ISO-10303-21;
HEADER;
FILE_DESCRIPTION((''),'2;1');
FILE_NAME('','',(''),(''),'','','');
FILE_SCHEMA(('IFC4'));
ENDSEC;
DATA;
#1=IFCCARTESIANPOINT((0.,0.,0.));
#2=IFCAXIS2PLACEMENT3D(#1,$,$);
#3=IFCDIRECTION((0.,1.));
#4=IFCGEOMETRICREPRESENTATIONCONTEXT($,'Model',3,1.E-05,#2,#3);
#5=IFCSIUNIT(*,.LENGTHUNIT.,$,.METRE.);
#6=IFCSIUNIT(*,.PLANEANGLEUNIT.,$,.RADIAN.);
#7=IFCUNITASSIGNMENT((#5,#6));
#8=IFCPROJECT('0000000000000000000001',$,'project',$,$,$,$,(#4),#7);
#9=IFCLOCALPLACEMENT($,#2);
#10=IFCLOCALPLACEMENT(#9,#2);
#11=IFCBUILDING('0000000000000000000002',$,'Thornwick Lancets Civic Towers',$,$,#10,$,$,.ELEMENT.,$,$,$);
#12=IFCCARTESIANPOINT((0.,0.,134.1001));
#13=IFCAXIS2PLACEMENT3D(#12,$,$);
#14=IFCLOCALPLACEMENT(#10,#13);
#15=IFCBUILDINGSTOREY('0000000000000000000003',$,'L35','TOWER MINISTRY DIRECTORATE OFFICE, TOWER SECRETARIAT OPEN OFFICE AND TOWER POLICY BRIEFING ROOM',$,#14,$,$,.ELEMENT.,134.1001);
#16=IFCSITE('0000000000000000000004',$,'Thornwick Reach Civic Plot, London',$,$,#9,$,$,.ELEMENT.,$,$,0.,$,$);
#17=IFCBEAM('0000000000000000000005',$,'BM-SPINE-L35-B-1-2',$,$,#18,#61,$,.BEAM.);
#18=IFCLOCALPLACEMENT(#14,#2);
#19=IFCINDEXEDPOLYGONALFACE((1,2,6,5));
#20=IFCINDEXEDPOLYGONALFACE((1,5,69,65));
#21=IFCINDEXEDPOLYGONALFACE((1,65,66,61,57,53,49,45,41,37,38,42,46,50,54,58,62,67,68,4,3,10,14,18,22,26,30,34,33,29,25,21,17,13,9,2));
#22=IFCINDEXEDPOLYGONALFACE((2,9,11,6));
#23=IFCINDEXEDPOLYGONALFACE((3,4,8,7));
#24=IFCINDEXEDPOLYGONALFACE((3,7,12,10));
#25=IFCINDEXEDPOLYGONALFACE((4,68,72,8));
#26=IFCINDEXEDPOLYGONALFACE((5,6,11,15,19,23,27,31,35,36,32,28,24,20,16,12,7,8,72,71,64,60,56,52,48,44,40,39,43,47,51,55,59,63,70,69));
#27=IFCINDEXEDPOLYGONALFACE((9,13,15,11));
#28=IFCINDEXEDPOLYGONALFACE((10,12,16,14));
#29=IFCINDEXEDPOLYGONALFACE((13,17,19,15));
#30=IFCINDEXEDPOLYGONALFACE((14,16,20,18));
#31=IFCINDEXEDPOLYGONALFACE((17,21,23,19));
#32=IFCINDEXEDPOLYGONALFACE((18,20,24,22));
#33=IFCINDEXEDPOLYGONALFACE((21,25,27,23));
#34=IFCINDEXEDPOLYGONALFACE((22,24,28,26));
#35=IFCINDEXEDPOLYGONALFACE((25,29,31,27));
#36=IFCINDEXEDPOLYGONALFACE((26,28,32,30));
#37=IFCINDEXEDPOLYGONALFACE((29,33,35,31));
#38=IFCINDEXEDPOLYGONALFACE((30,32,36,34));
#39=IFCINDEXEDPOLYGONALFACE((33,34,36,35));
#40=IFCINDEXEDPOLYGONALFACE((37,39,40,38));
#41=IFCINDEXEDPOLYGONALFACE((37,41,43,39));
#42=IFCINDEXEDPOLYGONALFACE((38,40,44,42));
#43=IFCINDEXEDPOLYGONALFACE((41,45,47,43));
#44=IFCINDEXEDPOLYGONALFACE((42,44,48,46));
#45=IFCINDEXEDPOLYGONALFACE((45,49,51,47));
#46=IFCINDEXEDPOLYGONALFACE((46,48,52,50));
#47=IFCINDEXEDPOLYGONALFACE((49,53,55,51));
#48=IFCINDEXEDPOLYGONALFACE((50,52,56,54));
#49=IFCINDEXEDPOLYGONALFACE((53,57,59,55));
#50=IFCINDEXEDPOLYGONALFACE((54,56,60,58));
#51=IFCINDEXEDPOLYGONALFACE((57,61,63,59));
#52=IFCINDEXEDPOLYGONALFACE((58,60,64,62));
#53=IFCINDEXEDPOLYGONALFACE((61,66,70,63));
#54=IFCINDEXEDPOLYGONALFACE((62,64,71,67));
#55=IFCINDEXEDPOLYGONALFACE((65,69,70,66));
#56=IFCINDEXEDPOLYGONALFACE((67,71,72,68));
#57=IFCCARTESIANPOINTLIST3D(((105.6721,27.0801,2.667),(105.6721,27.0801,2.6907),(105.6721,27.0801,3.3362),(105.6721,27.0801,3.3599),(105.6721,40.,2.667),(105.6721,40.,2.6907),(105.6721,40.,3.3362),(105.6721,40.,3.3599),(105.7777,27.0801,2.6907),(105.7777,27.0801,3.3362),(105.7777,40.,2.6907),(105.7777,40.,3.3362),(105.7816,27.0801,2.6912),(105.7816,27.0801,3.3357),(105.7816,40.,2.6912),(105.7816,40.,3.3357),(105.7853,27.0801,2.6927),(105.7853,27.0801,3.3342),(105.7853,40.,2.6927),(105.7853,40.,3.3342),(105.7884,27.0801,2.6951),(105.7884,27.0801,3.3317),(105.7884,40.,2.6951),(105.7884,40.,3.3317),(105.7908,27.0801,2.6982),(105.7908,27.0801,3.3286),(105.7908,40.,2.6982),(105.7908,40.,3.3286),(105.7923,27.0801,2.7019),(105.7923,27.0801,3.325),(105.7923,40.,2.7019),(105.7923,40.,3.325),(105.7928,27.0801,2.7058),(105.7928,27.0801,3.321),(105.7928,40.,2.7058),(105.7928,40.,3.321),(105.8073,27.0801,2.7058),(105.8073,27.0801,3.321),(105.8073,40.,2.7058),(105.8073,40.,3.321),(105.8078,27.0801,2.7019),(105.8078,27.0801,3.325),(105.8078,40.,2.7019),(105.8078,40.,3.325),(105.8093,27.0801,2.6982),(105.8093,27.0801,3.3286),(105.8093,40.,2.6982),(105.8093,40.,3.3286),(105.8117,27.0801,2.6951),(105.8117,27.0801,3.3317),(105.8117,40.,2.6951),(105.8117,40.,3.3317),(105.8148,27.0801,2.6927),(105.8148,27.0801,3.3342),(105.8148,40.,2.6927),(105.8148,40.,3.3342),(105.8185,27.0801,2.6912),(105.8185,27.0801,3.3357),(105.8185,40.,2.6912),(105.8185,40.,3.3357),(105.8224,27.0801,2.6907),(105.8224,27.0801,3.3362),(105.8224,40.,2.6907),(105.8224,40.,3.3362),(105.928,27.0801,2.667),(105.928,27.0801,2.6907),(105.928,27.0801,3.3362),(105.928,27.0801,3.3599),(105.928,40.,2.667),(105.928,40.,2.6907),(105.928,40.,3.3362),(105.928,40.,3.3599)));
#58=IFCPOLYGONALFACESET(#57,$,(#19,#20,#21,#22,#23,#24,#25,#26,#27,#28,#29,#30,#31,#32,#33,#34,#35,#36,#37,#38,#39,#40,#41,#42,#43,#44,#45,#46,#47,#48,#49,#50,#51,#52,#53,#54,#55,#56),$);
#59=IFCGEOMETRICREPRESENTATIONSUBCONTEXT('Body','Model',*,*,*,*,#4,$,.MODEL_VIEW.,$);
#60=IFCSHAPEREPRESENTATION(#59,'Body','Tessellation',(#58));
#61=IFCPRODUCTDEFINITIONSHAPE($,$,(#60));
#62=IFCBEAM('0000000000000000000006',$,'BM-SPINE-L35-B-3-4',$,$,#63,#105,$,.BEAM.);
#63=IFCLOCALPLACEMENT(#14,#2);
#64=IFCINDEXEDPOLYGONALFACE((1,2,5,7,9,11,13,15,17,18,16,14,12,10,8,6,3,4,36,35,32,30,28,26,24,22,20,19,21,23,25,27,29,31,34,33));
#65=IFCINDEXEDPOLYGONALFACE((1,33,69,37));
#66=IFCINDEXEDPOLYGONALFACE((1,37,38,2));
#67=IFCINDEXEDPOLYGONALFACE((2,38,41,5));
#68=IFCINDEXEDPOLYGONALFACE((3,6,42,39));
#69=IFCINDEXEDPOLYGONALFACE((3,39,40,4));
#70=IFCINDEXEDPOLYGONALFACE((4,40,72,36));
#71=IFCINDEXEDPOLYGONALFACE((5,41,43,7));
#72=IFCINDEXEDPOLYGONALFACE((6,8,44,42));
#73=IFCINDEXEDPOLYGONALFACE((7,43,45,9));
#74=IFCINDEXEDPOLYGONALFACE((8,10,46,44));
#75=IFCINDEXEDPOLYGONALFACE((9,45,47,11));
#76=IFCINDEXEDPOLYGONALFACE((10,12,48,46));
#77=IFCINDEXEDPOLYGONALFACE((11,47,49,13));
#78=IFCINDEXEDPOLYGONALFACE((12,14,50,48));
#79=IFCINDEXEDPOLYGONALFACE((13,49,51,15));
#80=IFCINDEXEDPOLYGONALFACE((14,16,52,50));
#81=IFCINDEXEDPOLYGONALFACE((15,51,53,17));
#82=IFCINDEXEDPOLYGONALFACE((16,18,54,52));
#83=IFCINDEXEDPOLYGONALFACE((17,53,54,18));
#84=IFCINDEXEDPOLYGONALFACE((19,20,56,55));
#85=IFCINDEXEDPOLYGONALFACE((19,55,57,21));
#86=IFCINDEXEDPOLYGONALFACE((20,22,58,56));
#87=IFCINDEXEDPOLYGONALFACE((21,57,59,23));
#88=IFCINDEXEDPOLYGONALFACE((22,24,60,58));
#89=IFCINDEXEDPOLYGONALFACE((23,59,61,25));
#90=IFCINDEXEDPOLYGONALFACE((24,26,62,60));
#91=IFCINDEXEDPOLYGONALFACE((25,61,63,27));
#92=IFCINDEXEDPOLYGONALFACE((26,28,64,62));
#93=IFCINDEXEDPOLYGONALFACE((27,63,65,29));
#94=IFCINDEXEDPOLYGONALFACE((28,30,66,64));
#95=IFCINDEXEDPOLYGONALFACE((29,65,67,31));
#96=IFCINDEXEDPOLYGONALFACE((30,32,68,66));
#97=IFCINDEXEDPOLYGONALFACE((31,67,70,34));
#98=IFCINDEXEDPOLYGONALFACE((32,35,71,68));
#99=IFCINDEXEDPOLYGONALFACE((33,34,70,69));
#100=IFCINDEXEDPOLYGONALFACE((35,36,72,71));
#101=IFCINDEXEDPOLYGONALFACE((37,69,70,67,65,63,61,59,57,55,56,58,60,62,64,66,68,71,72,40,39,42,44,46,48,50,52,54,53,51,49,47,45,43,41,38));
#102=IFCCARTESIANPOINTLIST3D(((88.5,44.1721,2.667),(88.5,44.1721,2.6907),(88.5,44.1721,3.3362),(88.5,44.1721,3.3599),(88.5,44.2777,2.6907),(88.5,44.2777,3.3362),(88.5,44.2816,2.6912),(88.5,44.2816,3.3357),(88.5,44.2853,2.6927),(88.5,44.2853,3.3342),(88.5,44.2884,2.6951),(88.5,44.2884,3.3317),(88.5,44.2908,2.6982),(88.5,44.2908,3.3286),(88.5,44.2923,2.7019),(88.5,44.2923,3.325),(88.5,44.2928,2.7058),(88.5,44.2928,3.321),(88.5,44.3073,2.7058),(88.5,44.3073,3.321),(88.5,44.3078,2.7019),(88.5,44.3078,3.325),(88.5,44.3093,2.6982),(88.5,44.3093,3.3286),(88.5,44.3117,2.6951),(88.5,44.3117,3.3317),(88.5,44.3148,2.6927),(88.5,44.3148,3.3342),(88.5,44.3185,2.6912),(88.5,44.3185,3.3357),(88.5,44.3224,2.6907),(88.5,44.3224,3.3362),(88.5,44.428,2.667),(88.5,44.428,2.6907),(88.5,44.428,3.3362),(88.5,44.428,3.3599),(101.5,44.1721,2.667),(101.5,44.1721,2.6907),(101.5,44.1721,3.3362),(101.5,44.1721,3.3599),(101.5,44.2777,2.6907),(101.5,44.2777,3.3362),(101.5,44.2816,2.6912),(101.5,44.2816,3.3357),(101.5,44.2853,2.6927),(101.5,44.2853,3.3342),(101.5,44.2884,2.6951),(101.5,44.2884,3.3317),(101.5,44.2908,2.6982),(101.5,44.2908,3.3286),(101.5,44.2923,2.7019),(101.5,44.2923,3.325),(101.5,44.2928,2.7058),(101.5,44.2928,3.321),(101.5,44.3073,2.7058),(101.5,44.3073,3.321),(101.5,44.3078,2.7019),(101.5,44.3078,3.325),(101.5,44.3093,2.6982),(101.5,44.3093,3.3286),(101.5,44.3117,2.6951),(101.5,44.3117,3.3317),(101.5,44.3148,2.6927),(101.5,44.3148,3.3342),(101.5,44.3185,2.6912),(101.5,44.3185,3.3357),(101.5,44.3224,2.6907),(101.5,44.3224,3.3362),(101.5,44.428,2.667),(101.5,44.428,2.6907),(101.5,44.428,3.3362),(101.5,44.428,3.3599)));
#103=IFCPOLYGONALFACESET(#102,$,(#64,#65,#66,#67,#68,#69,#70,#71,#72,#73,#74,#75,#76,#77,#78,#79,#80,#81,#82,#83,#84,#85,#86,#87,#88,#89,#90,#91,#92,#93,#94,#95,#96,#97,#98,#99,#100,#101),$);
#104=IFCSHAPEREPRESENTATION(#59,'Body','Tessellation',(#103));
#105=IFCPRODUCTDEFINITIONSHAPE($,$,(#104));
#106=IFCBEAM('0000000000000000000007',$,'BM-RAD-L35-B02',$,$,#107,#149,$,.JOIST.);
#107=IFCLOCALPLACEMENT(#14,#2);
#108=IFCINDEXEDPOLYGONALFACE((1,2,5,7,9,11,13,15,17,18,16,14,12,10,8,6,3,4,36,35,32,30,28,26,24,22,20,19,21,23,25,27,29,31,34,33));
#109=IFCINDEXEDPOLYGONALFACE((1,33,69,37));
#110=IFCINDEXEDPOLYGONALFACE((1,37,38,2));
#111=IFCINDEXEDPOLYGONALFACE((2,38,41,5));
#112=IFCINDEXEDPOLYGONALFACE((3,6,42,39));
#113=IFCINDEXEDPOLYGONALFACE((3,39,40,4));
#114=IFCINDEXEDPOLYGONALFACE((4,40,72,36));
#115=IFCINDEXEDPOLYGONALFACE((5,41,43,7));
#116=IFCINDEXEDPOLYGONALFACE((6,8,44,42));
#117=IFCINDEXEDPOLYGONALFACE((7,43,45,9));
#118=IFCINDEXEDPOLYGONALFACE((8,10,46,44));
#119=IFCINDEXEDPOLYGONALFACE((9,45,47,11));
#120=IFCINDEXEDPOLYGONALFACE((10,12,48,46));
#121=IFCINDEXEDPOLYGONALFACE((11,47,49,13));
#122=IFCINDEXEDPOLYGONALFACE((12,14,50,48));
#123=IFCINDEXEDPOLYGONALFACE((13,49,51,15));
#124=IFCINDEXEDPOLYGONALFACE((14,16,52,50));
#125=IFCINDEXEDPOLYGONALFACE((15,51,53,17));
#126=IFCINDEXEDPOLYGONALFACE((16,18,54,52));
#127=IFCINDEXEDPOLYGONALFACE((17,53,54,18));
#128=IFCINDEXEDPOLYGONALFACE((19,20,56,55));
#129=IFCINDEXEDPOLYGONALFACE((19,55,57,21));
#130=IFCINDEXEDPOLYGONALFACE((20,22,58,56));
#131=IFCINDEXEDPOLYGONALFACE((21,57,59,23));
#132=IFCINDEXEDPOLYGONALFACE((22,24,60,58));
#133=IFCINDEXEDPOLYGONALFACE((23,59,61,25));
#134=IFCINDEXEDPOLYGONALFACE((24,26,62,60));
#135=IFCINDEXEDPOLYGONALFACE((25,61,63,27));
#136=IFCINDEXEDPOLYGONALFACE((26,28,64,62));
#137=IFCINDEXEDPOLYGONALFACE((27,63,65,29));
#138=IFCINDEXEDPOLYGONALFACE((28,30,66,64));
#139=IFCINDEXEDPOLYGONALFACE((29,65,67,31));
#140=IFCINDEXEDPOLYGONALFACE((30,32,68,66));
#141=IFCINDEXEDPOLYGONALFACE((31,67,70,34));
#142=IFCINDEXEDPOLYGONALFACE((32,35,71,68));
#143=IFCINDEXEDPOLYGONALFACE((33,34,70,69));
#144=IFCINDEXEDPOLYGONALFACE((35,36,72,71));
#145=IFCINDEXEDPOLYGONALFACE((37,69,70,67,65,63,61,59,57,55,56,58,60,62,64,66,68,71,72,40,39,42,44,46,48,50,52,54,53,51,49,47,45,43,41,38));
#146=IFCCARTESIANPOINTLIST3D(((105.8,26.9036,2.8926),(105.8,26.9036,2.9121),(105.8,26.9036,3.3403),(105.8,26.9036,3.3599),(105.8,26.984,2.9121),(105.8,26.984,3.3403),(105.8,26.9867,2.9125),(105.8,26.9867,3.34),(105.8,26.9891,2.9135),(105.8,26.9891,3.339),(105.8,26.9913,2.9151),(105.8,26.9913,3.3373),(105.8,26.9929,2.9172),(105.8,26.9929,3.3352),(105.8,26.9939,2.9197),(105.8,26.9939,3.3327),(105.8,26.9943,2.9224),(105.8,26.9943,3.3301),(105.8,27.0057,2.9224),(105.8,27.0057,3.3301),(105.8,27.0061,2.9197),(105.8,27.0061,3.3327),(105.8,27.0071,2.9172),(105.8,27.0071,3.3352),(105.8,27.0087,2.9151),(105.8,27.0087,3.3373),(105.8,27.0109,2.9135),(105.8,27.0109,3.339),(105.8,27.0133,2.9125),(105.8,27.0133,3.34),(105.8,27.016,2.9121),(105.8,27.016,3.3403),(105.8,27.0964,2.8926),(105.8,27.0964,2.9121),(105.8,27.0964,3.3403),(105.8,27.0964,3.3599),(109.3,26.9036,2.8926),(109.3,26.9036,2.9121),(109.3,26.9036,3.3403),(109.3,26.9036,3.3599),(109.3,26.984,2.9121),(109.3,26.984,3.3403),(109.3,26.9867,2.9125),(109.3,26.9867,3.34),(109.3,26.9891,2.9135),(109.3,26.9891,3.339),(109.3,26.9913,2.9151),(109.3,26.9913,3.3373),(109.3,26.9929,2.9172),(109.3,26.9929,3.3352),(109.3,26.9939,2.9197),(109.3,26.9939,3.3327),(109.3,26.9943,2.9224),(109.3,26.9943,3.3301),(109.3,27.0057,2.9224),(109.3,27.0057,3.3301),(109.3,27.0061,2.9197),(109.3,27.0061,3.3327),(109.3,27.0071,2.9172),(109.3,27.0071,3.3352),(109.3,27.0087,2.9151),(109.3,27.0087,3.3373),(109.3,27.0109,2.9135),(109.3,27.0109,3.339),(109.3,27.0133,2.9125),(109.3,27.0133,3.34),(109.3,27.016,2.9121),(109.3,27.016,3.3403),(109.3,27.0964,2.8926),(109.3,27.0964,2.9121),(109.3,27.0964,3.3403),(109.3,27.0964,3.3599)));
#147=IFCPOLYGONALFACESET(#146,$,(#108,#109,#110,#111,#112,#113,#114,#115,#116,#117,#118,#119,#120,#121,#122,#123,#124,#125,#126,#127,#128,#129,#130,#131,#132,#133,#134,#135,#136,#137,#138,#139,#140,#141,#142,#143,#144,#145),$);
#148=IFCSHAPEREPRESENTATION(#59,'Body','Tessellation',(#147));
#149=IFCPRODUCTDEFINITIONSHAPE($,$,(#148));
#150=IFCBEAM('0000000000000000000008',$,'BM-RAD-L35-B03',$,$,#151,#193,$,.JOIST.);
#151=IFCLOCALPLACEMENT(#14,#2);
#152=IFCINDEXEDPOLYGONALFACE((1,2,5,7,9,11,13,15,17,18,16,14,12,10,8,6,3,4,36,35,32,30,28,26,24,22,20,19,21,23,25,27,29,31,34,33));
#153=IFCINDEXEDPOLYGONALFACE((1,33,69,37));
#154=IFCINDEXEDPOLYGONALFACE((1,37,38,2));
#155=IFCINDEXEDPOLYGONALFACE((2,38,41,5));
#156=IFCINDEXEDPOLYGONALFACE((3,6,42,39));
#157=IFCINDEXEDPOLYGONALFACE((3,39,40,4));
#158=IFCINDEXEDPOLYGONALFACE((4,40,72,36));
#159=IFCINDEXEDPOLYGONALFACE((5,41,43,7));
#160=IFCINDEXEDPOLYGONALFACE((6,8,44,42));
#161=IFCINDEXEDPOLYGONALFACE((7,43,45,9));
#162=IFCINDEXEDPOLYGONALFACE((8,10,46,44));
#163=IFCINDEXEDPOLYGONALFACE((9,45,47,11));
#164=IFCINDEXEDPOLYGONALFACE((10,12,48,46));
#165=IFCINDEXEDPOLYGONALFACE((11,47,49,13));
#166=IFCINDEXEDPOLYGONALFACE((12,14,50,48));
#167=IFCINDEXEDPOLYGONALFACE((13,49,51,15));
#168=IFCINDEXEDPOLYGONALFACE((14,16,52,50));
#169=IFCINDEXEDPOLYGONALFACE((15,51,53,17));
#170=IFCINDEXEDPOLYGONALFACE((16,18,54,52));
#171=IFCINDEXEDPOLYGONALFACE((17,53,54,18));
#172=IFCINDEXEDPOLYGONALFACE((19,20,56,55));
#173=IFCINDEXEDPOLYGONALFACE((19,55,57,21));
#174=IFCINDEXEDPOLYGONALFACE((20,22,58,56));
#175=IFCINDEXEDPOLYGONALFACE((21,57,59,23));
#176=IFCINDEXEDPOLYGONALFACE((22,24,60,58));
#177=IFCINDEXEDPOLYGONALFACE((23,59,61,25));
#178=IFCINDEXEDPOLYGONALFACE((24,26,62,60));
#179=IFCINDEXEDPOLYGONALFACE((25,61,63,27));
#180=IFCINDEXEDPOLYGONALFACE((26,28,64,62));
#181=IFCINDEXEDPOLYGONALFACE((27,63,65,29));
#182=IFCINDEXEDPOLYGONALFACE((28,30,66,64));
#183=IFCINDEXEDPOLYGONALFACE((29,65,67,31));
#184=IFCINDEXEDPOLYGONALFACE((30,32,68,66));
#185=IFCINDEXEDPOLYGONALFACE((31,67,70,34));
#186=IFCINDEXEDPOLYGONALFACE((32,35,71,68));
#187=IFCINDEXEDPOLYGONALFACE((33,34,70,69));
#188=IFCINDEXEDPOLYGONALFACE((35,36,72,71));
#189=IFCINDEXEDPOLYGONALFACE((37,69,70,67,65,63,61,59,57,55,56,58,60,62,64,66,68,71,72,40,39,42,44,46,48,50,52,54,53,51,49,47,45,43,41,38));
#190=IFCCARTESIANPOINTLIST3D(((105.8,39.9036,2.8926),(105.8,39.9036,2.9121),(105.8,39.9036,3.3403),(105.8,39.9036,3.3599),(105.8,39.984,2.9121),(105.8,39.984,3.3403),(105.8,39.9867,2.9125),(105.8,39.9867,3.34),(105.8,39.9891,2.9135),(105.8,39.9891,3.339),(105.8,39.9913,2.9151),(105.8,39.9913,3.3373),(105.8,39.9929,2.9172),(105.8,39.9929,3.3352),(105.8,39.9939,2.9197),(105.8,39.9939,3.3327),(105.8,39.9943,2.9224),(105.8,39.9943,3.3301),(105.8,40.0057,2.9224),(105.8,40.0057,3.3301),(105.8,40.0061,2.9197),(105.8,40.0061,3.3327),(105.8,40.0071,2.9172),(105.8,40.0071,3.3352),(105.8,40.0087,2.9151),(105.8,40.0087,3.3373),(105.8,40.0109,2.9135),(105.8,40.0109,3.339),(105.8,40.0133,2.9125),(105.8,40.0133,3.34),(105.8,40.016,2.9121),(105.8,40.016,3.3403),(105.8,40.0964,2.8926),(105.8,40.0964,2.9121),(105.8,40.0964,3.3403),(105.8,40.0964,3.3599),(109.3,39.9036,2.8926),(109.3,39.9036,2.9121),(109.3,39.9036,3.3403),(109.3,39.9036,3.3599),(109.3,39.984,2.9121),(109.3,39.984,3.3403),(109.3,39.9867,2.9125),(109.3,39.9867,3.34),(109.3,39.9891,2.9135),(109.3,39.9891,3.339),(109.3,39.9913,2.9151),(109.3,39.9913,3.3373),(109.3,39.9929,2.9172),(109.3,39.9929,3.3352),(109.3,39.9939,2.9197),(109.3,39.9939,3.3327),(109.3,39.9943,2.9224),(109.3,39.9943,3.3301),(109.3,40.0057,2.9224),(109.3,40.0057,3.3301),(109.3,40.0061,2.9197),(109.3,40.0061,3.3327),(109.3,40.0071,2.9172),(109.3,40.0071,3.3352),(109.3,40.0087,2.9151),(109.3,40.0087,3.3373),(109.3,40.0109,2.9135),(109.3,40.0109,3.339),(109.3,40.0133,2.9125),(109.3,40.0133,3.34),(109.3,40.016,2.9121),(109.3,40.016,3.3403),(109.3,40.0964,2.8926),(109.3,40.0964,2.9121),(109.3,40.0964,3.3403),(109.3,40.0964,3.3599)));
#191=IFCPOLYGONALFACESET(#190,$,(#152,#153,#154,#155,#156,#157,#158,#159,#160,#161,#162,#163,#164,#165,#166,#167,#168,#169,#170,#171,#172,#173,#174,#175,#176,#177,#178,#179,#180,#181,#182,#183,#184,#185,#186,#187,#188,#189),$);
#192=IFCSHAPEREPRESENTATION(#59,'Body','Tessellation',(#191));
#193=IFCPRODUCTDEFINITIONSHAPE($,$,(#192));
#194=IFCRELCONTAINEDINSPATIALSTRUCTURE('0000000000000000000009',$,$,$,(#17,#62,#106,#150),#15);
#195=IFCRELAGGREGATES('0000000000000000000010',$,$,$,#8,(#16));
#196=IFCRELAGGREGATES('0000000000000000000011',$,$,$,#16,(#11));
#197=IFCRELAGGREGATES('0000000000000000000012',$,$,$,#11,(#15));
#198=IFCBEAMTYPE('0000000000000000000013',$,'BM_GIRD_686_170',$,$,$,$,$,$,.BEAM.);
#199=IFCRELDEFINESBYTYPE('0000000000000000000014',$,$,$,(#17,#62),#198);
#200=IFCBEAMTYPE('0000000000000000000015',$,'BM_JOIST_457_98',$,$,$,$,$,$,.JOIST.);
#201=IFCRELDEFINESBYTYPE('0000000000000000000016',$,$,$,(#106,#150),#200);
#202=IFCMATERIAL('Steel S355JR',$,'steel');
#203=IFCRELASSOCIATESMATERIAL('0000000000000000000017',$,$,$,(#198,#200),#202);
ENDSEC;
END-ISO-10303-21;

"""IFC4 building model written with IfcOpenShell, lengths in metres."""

from ifc_helpers import new_model, si_unit, direction, frame, origin, origin_2d, place, context, subcontext, project, spatial, i_section, extrude, material, material_profile, profile_set, type_object, element, save


model = new_model("IFC4")

# Units and contexts
model_context = context("Model", 3, precision=1e-05, world=origin(), true_north=direction((0.0, 1.0)))
body_context = subcontext(model_context, "Body", "Model", "MODEL_VIEW")
ifc_project = project(units=[si_unit("LENGTHUNIT", "METRE"), si_unit("PLANEANGLEUNIT", "RADIAN")], contexts=[model_context])

# Site, building, storey
site_placement = place(None, origin())
site = spatial("IfcSite", under=ifc_project, at=site_placement, Name="Thornwick Reach Civic Plot, London", CompositionType="ELEMENT", RefElevation=0.0)
building_placement = place(site_placement, origin())
building = spatial("IfcBuilding", under=site, at=building_placement, Name="Thornwick Lancets Civic Towers", CompositionType="ELEMENT")
storey_placement = place(building_placement, frame((0.0, 0.0, 134.1001)))
storey = spatial("IfcBuildingStorey", under=building, at=storey_placement, Name="L35", Description="TOWER MINISTRY DIRECTORATE OFFICE, TOWER SECRETARIAT OPEN OFFICE AND TOWER POLICY BRIEFING ROOM", CompositionType="ELEMENT", Elevation=134.1001)

# Beams
ifc_material_1 = material(Name="Steel S355JR", Category="steel")
ifc_material_profile_1 = material_profile(ifc_material_1, i_section(OverallWidth=0.2559, OverallDepth=0.6929, WebThickness=0.0144, FlangeThickness=0.0237, FilletRadius=0.0151, at=origin_2d()), Name="UKB 686x254x170")
ifc_profile_set_1 = profile_set([ifc_material_profile_1], Name="Steel S355JR")
beam_type_1 = type_object("IfcBeamType", Name="BM_GIRD_686_170", PredefinedType="BEAM", material=ifc_profile_set_1)
beam_1_placement = place(storey_placement, frame((105.8, 27.0801, 3.0134), z_axis=(0.0, 1.0, 0.0), x_axis=(-1.0, 0.0, 0.0)))
element("IfcBeam", 1, at=beam_1_placement, inside=storey, type_object=beam_type_1, Name="BM-SPINE-L35-B-1-2", PredefinedType="BEAM", context=body_context, shape_type="SweptSolid", body=[
    extrude(i_section(OverallWidth=0.2559, OverallDepth=0.6929, WebThickness=0.0144, FlangeThickness=0.0237, FilletRadius=0.0151, at=origin_2d()), origin(), (0.0, 0.0, 1.0), 12.9199),
])
beam_2_placement = place(storey_placement, frame((101.5, 44.3, 3.0134), z_axis=(-1.0, 0.0, 0.0), x_axis=(0.0, -1.0, 0.0)))
element("IfcBeam", 2, at=beam_2_placement, inside=storey, type_object=beam_type_1, Name="BM-SPINE-L35-B-3-4", PredefinedType="BEAM", context=body_context, shape_type="SweptSolid", body=[
    extrude(i_section(OverallWidth=0.2559, OverallDepth=0.6929, WebThickness=0.0144, FlangeThickness=0.0237, FilletRadius=0.0151, at=origin_2d()), origin(), (0.0, 0.0, 1.0), 13.0),
])
ifc_material_profile_2 = material_profile(ifc_material_1, i_section(OverallWidth=0.1929, OverallDepth=0.4673, WebThickness=0.0115, FlangeThickness=0.0195, FilletRadius=0.0103, at=origin_2d()), Name="UKB 457x191x98")
ifc_profile_set_2 = profile_set([ifc_material_profile_2], Name="Steel S355JR")
beam_type_2 = type_object("IfcBeamType", Name="BM_JOIST_457_98", PredefinedType="JOIST", material=ifc_profile_set_2)
for number, where, z_axis, x_axis, name in (
    (3, (105.8, 27.0, 3.1262), (1.0, 0.0, 0.0), (0.0, 1.0, 0.0), "BM-RAD-L35-B02"),
    (4, (105.8, 40.0, 3.1262), (1.0, 0.0, 0.0), (0.0, 1.0, 0.0), "BM-RAD-L35-B03"),
):
    element("IfcBeam", number, at=place(storey_placement, frame(where, z_axis=z_axis, x_axis=x_axis)), inside=storey, type_object=beam_type_2, Name=name, PredefinedType="JOIST", context=body_context, shape_type="SweptSolid", body=[
        extrude(i_section(OverallWidth=0.1929, OverallDepth=0.4673, WebThickness=0.0115, FlangeThickness=0.0195, FilletRadius=0.0103, at=origin_2d()), origin(), (0.0, 0.0, 1.0), 3.5),
    ])

save(model, "model.ifc")
